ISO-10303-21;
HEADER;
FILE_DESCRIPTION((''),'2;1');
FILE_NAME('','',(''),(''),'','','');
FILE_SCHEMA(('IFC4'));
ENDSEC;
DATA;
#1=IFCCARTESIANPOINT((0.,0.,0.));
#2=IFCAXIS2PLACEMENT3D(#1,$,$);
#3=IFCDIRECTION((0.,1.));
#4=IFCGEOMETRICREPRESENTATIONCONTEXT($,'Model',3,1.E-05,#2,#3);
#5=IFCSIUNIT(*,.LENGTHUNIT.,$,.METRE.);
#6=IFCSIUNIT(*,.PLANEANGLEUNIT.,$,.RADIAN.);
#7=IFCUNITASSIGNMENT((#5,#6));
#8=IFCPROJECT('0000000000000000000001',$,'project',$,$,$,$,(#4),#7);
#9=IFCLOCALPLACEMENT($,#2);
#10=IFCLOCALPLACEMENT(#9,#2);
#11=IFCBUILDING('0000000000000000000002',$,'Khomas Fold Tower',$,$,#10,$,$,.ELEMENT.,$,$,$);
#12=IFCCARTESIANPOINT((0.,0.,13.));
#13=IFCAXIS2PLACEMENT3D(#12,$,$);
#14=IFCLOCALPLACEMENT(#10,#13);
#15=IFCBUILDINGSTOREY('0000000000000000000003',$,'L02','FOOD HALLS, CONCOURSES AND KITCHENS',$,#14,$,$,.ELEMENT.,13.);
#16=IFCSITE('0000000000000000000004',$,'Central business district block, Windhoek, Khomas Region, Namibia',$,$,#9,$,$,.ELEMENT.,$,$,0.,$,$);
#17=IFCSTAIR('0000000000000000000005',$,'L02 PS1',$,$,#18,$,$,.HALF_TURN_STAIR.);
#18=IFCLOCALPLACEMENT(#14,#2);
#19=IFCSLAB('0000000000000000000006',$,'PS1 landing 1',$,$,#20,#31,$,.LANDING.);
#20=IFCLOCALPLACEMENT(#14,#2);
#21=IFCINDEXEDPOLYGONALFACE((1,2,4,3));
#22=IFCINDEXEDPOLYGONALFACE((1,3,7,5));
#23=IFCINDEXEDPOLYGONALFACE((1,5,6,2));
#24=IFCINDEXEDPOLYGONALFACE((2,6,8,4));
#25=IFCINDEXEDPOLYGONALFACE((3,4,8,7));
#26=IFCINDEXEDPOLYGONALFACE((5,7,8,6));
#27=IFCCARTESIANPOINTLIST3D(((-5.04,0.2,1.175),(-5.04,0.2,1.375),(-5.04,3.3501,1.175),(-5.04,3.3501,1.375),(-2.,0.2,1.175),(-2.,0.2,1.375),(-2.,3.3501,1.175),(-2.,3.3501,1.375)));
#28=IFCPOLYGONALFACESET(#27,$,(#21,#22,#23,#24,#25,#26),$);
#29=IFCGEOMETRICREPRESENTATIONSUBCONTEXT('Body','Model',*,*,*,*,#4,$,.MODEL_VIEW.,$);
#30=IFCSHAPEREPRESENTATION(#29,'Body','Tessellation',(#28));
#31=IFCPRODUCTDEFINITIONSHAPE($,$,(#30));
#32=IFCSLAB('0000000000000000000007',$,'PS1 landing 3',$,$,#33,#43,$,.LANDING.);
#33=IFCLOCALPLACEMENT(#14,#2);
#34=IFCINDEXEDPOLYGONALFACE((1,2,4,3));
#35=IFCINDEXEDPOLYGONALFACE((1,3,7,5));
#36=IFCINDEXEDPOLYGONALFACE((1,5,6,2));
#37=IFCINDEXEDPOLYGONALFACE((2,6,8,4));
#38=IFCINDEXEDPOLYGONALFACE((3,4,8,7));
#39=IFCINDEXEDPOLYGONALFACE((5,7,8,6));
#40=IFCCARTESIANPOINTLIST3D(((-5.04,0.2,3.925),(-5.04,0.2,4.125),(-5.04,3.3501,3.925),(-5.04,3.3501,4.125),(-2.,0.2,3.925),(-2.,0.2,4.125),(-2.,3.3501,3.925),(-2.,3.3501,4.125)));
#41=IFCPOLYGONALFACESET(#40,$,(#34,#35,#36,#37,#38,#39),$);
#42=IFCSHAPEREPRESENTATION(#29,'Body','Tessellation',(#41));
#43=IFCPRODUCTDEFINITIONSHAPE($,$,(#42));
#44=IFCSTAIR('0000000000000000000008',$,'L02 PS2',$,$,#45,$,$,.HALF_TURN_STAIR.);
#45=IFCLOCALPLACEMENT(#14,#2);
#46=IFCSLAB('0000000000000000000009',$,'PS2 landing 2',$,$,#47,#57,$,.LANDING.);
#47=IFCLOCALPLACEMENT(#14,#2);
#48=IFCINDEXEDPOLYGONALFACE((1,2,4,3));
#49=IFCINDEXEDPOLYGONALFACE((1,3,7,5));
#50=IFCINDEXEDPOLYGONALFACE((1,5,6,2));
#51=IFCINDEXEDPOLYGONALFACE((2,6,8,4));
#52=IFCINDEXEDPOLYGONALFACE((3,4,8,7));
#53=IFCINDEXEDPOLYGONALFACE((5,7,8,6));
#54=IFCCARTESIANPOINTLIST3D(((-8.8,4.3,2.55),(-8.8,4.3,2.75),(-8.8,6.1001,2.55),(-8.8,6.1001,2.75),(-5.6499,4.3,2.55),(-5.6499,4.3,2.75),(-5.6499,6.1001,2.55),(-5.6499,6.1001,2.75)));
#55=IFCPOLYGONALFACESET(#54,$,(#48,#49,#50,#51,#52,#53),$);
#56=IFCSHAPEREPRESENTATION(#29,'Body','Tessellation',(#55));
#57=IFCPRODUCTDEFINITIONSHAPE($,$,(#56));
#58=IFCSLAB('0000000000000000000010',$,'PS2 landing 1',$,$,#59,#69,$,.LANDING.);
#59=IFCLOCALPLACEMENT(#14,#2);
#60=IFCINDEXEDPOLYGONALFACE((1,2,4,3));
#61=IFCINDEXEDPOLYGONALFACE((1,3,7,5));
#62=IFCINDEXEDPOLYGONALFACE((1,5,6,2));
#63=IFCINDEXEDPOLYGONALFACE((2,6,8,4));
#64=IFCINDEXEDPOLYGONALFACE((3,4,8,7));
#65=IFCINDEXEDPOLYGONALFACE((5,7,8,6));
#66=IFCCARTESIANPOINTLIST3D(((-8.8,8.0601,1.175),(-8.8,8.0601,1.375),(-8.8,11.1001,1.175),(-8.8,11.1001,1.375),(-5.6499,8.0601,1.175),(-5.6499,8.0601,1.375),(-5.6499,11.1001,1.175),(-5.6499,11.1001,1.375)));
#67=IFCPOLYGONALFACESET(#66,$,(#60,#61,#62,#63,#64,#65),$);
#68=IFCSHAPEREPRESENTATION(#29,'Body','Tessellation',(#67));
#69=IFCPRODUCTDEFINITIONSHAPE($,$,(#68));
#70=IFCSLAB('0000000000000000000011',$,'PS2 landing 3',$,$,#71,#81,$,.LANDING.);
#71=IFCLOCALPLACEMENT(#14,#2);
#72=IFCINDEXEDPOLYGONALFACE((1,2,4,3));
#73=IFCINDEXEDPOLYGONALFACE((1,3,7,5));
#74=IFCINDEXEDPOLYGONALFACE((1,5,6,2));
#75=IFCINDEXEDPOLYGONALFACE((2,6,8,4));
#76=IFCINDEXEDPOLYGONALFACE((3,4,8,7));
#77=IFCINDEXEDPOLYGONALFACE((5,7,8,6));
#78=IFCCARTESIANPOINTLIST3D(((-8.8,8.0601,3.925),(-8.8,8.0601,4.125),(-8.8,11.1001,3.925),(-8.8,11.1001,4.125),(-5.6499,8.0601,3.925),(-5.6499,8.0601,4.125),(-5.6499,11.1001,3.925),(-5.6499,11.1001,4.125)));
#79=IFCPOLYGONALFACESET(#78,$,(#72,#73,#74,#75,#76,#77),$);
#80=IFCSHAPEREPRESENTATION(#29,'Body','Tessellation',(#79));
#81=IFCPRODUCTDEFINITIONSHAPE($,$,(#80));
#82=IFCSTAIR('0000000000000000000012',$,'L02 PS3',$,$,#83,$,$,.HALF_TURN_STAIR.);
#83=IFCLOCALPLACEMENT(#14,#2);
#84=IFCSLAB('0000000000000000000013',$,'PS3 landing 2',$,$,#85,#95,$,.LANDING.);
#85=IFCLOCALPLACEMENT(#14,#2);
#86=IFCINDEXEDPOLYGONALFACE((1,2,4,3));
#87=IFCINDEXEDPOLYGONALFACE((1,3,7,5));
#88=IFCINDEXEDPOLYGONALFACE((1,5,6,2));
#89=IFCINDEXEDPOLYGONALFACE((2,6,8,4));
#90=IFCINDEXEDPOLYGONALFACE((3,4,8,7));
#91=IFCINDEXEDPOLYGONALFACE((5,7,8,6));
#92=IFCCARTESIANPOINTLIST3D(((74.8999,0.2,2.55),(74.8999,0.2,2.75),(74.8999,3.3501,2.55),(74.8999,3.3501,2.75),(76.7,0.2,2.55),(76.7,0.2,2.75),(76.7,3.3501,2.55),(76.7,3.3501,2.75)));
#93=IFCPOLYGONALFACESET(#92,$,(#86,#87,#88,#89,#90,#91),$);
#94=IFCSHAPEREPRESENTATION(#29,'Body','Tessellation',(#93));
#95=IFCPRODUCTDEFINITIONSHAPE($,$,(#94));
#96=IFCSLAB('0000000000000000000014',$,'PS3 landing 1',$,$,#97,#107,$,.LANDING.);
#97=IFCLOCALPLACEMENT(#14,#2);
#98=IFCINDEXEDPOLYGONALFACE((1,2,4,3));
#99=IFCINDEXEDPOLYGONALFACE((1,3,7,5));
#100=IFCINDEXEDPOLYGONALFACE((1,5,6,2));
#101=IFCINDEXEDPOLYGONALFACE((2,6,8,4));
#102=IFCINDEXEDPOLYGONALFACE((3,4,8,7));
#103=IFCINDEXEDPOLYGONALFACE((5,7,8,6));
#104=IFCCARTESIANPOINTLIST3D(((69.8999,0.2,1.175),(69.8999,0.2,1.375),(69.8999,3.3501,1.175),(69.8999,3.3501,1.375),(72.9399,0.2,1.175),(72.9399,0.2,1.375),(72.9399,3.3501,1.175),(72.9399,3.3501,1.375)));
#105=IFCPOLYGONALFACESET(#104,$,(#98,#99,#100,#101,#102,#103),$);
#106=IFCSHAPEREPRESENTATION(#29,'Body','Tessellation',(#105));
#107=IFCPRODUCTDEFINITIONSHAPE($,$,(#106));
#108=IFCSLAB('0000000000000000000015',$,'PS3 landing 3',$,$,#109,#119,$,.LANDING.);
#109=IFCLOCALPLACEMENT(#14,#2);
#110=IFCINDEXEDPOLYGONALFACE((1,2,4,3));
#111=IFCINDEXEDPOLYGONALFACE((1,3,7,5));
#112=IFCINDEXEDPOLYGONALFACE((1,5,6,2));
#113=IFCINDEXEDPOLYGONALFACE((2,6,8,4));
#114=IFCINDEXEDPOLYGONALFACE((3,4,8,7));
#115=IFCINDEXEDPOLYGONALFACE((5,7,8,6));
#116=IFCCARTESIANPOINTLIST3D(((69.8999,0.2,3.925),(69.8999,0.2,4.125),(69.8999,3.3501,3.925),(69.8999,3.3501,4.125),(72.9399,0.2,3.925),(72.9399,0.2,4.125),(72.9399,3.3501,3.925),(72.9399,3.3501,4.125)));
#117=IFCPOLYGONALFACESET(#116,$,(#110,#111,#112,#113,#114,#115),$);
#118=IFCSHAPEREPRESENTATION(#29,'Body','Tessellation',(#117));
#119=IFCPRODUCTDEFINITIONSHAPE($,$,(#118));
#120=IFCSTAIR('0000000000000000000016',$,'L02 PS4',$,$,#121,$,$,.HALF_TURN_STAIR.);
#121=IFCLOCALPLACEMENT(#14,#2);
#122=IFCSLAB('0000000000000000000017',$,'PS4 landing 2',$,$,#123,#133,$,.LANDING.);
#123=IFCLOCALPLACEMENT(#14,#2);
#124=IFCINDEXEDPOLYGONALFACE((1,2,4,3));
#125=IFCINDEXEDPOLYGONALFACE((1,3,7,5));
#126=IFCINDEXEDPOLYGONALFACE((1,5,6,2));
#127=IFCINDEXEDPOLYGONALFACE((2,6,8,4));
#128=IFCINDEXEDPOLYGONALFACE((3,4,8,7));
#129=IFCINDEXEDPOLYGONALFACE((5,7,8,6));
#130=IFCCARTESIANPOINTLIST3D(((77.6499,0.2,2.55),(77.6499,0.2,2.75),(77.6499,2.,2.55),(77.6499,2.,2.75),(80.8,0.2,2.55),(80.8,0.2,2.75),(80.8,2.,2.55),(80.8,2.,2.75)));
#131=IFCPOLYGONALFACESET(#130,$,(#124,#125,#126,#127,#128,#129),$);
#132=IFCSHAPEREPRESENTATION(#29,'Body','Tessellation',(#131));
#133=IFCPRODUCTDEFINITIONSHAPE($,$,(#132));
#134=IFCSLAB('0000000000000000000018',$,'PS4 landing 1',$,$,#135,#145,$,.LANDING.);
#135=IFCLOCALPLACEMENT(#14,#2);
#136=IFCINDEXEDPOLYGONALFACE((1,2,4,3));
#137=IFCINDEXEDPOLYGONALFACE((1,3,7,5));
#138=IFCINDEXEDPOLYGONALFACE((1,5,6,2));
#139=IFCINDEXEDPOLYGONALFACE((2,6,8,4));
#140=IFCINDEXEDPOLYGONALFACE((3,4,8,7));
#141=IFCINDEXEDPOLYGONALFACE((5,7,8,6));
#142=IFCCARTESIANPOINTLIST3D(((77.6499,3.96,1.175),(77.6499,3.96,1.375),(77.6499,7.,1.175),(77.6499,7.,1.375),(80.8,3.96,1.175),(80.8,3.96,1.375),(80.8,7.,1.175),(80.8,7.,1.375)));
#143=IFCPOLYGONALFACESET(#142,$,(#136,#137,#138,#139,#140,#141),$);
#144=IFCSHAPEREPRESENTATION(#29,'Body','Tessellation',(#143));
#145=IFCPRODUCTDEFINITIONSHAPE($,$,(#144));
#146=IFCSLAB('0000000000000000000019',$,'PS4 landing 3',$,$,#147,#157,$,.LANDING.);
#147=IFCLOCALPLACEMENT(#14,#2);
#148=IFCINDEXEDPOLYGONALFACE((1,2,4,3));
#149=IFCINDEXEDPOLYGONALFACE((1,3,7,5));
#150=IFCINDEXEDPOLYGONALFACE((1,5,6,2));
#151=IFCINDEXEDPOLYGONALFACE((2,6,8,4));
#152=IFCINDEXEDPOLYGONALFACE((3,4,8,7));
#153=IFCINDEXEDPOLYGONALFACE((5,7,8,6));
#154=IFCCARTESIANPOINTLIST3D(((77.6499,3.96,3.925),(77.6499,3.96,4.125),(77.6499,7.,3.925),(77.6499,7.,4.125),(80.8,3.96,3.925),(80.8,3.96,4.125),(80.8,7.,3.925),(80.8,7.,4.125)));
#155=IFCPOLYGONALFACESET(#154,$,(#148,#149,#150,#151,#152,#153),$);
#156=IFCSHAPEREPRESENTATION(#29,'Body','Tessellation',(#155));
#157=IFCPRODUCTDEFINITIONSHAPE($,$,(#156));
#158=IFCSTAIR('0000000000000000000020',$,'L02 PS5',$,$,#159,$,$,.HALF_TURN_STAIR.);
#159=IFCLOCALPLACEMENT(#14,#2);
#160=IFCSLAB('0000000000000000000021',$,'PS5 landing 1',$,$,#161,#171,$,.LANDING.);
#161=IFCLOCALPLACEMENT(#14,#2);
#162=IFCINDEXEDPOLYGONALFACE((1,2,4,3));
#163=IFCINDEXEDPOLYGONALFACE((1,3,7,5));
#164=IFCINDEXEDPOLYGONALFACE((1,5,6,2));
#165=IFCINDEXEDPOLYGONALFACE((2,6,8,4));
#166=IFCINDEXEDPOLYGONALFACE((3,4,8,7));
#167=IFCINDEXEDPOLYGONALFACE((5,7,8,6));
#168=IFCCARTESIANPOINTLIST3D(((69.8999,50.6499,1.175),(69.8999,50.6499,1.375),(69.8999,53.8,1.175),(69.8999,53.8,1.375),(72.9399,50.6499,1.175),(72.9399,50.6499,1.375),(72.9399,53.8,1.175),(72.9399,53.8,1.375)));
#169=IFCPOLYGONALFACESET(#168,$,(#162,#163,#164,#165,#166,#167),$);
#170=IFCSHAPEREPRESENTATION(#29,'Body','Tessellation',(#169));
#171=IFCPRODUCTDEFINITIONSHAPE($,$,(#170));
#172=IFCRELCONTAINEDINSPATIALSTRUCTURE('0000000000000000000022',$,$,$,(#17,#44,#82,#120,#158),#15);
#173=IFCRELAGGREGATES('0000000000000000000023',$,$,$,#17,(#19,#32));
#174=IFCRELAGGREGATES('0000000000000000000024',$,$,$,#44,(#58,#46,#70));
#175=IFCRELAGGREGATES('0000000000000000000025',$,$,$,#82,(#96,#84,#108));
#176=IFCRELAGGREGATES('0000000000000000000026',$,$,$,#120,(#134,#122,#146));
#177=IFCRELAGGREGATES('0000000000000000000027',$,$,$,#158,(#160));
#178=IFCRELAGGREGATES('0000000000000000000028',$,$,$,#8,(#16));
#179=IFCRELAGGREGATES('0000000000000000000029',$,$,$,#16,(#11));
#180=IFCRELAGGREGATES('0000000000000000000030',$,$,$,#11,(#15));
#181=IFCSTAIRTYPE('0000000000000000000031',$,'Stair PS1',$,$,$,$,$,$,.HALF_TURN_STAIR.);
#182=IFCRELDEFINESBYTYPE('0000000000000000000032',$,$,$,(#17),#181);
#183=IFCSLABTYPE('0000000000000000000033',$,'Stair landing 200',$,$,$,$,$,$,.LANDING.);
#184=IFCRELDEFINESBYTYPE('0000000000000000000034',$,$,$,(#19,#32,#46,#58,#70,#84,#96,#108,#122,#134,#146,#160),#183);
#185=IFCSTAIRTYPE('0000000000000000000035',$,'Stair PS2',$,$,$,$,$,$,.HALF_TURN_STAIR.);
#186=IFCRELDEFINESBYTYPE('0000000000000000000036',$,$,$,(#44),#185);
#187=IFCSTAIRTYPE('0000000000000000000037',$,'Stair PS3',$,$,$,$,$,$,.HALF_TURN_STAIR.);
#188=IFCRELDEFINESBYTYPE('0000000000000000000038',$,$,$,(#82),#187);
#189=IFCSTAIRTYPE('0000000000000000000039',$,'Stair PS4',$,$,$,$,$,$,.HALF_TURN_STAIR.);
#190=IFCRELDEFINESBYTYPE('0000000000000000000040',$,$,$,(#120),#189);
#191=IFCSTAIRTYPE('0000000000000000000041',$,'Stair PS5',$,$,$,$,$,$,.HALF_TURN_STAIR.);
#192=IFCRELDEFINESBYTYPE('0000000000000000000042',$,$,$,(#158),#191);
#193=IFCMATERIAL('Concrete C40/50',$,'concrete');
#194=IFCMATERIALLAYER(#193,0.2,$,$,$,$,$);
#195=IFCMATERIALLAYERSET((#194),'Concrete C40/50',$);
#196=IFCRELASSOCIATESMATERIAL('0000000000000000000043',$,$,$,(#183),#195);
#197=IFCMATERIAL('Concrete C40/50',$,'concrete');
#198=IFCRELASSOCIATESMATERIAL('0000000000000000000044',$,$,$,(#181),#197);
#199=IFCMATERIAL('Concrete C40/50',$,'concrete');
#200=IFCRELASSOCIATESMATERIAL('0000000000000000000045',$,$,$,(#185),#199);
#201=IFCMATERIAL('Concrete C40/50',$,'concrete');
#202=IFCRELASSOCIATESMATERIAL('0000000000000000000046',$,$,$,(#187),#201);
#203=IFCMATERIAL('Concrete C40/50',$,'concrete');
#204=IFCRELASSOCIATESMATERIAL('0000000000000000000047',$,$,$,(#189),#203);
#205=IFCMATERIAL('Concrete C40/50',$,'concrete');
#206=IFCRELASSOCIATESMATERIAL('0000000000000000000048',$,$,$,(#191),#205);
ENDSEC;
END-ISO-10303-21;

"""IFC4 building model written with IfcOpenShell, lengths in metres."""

from ifc_helpers import new_model, si_unit, direction, frame, origin, place, context, subcontext, project, spatial, polyline, outline, extrude, source, transform, mapped, material, layer, layer_set, type_object, element, aggregate, save


model = new_model("IFC4")

# Units and contexts
model_context = context("Model", 3, precision=1e-05, world=origin(), true_north=direction((0.0, 1.0)))
body_context = subcontext(model_context, "Body", "Model", "MODEL_VIEW")
ifc_project = project(units=[si_unit("LENGTHUNIT", "METRE"), si_unit("PLANEANGLEUNIT", "RADIAN")], contexts=[model_context])

# Site, building, storey
site_placement = place(None, origin())
site = spatial("IfcSite", under=ifc_project, at=site_placement, Name="Central business district block, Windhoek, Khomas Region, Namibia", CompositionType="ELEMENT", RefElevation=0.0)
building_placement = place(site_placement, origin())
building = spatial("IfcBuilding", under=site, at=building_placement, Name="Khomas Fold Tower", CompositionType="ELEMENT")
storey_placement = place(building_placement, frame((0.0, 0.0, 13.0)))
storey = spatial("IfcBuildingStorey", under=building, at=storey_placement, Name="L02", Description="FOOD HALLS, CONCOURSES AND KITCHENS", CompositionType="ELEMENT", Elevation=13.0)

# Shared definitions
ifc_material_1 = material(Name="Concrete C40/50", Category="concrete")
ifc_layer_1 = layer(ifc_material_1, 0.2)
ifc_layer_set_1 = layer_set([ifc_layer_1], Name="Concrete C40/50")
slab_type_1 = type_object("IfcSlabType", Name="Stair landing 200", PredefinedType="LANDING", material=ifc_layer_set_1)

# Stairs, slabs
ifc_material_2 = material(Name="Concrete C40/50", Category="concrete")
stair_type_1 = type_object("IfcStairType", Name="Stair PS1", PredefinedType="HALF_TURN_STAIR", material=ifc_material_2)
stair_1_placement = place(storey_placement, origin())
stair_1 = element("IfcStair", 1, at=stair_1_placement, inside=storey, type_object=stair_type_1, Name="L02 PS1", PredefinedType="HALF_TURN_STAIR")
shared_shape_1 = source(origin(), body_context, "Body", "SweptSolid", [
    extrude(outline(polyline([(-5.04, 0.2), (-2.0, 0.2), (-2.0, 3.3501), (-5.04, 3.3501), (-5.04, 0.2)])), origin(), (0.0, 0.0, 1.0), 0.2),
])
slab_1_placement = place(storey_placement, frame((0.0, 0.0, 1.175)))
slab_1 = element("IfcSlab", 2, at=slab_1_placement, type_object=slab_type_1, Name="PS1 landing 1", PredefinedType="LANDING", context=body_context, shape_type="MappedRepresentation", body=[
    mapped(shared_shape_1, transform((0.0, 0.0, 0.0))),
])
slab_2_placement = place(storey_placement, frame((0.0, 0.0, 3.925)))
slab_2 = element("IfcSlab", 3, at=slab_2_placement, type_object=slab_type_1, Name="PS1 landing 3", PredefinedType="LANDING", context=body_context, shape_type="MappedRepresentation", body=[
    mapped(shared_shape_1, transform((0.0, 0.0, 0.0))),
])
aggregate(stair_1, [slab_1, slab_2])
ifc_material_3 = material(Name="Concrete C40/50", Category="concrete")
stair_type_2 = type_object("IfcStairType", Name="Stair PS2", PredefinedType="HALF_TURN_STAIR", material=ifc_material_3)
stair_2_placement = place(storey_placement, origin())
stair_2 = element("IfcStair", 4, at=stair_2_placement, inside=storey, type_object=stair_type_2, Name="L02 PS2", PredefinedType="HALF_TURN_STAIR")
shared_shape_2 = source(origin(), body_context, "Body", "SweptSolid", [
    extrude(outline(polyline([(-5.6499, 4.3), (-5.6499, 6.1001), (-8.8, 6.1001), (-8.8, 4.3), (-5.6499, 4.3)])), origin(), (0.0, 0.0, 1.0), 0.2),
])
slab_3_placement = place(storey_placement, frame((0.0, 0.0, 2.55)))
slab_3 = element("IfcSlab", 5, at=slab_3_placement, type_object=slab_type_1, Name="PS2 landing 2", PredefinedType="LANDING", context=body_context, shape_type="MappedRepresentation", body=[
    mapped(shared_shape_2, transform((0.0, 0.0, 0.0))),
])
shared_shape_3 = source(origin(), body_context, "Body", "SweptSolid", [
    extrude(outline(polyline([(-5.6499, 8.0601), (-5.6499, 11.1001), (-8.8, 11.1001), (-8.8, 8.0601), (-5.6499, 8.0601)])), origin(), (0.0, 0.0, 1.0), 0.2),
])
slab_4_placement = place(storey_placement, frame((0.0, 0.0, 1.175)))
slab_4 = element("IfcSlab", 6, at=slab_4_placement, type_object=slab_type_1, Name="PS2 landing 1", PredefinedType="LANDING", context=body_context, shape_type="MappedRepresentation", body=[
    mapped(shared_shape_3, transform((0.0, 0.0, 0.0))),
])
slab_5_placement = place(storey_placement, frame((0.0, 0.0, 3.925)))
slab_5 = element("IfcSlab", 7, at=slab_5_placement, type_object=slab_type_1, Name="PS2 landing 3", PredefinedType="LANDING", context=body_context, shape_type="MappedRepresentation", body=[
    mapped(shared_shape_3, transform((0.0, 0.0, 0.0))),
])
aggregate(stair_2, [slab_4, slab_3, slab_5])
ifc_material_4 = material(Name="Concrete C40/50", Category="concrete")
stair_type_3 = type_object("IfcStairType", Name="Stair PS3", PredefinedType="HALF_TURN_STAIR", material=ifc_material_4)
stair_3_placement = place(storey_placement, origin())
stair_3 = element("IfcStair", 8, at=stair_3_placement, inside=storey, type_object=stair_type_3, Name="L02 PS3", PredefinedType="HALF_TURN_STAIR")
shared_shape_4 = source(origin(), body_context, "Body", "SweptSolid", [
    extrude(outline(polyline([(76.7, 3.3501), (74.8999, 3.3501), (74.8999, 0.2), (76.7, 0.2), (76.7, 3.3501)])), origin(), (0.0, 0.0, 1.0), 0.2),
])
slab_6_placement = place(storey_placement, frame((0.0, 0.0, 2.55)))
slab_6 = element("IfcSlab", 9, at=slab_6_placement, type_object=slab_type_1, Name="PS3 landing 2", PredefinedType="LANDING", context=body_context, shape_type="MappedRepresentation", body=[
    mapped(shared_shape_4, transform((0.0, 0.0, 0.0))),
])
shared_shape_5 = source(origin(), body_context, "Body", "SweptSolid", [
    extrude(outline(polyline([(72.9399, 3.3501), (69.8999, 3.3501), (69.8999, 0.2), (72.9399, 0.2), (72.9399, 3.3501)])), origin(), (0.0, 0.0, 1.0), 0.2),
])
slab_7_placement = place(storey_placement, frame((0.0, 0.0, 1.175)))
slab_7 = element("IfcSlab", 10, at=slab_7_placement, type_object=slab_type_1, Name="PS3 landing 1", PredefinedType="LANDING", context=body_context, shape_type="MappedRepresentation", body=[
    mapped(shared_shape_5, transform((0.0, 0.0, 0.0))),
])
slab_8_placement = place(storey_placement, frame((0.0, 0.0, 3.925)))
slab_8 = element("IfcSlab", 11, at=slab_8_placement, type_object=slab_type_1, Name="PS3 landing 3", PredefinedType="LANDING", context=body_context, shape_type="MappedRepresentation", body=[
    mapped(shared_shape_5, transform((0.0, 0.0, 0.0))),
])
aggregate(stair_3, [slab_7, slab_6, slab_8])
ifc_material_5 = material(Name="Concrete C40/50", Category="concrete")
stair_type_4 = type_object("IfcStairType", Name="Stair PS4", PredefinedType="HALF_TURN_STAIR", material=ifc_material_5)
stair_4_placement = place(storey_placement, origin())
stair_4 = element("IfcStair", 12, at=stair_4_placement, inside=storey, type_object=stair_type_4, Name="L02 PS4", PredefinedType="HALF_TURN_STAIR")
shared_shape_6 = source(origin(), body_context, "Body", "SweptSolid", [
    extrude(outline(polyline([(80.8, 0.2), (80.8, 2.0), (77.6499, 2.0), (77.6499, 0.2), (80.8, 0.2)])), origin(), (0.0, 0.0, 1.0), 0.2),
])
slab_9_placement = place(storey_placement, frame((0.0, 0.0, 2.55)))
slab_9 = element("IfcSlab", 13, at=slab_9_placement, type_object=slab_type_1, Name="PS4 landing 2", PredefinedType="LANDING", context=body_context, shape_type="MappedRepresentation", body=[
    mapped(shared_shape_6, transform((0.0, 0.0, 0.0))),
])
shared_shape_7 = source(origin(), body_context, "Body", "SweptSolid", [
    extrude(outline(polyline([(80.8, 3.96), (80.8, 7.0), (77.6499, 7.0), (77.6499, 3.96), (80.8, 3.96)])), origin(), (0.0, 0.0, 1.0), 0.2),
])
slab_10_placement = place(storey_placement, frame((0.0, 0.0, 1.175)))
slab_10 = element("IfcSlab", 14, at=slab_10_placement, type_object=slab_type_1, Name="PS4 landing 1", PredefinedType="LANDING", context=body_context, shape_type="MappedRepresentation", body=[
    mapped(shared_shape_7, transform((0.0, 0.0, 0.0))),
])
slab_11_placement = place(storey_placement, frame((0.0, 0.0, 3.925)))
slab_11 = element("IfcSlab", 15, at=slab_11_placement, type_object=slab_type_1, Name="PS4 landing 3", PredefinedType="LANDING", context=body_context, shape_type="MappedRepresentation", body=[
    mapped(shared_shape_7, transform((0.0, 0.0, 0.0))),
])
aggregate(stair_4, [slab_10, slab_9, slab_11])

# Stair, slab
ifc_material_6 = material(Name="Concrete C40/50", Category="concrete")
stair_type_5 = type_object("IfcStairType", Name="Stair PS5", PredefinedType="HALF_TURN_STAIR", material=ifc_material_6)
stair_5_placement = place(storey_placement, origin())
stair_5 = element("IfcStair", 16, at=stair_5_placement, inside=storey, type_object=stair_type_5, Name="L02 PS5", PredefinedType="HALF_TURN_STAIR")
shared_shape_8 = source(origin(), body_context, "Body", "SweptSolid", [
    extrude(outline(polyline([(72.9399, 53.8), (69.8999, 53.8), (69.8999, 50.6499), (72.9399, 50.6499), (72.9399, 53.8)])), origin(), (0.0, 0.0, 1.0), 0.2),
])
slab_12_placement = place(storey_placement, frame((0.0, 0.0, 1.175)))
slab_12 = element("IfcSlab", 17, at=slab_12_placement, type_object=slab_type_1, Name="PS5 landing 1", PredefinedType="LANDING", context=body_context, shape_type="MappedRepresentation", body=[
    mapped(shared_shape_8, transform((0.0, 0.0, 0.0))),
])
aggregate(stair_5, [slab_12])

save(model, "model.ifc")
